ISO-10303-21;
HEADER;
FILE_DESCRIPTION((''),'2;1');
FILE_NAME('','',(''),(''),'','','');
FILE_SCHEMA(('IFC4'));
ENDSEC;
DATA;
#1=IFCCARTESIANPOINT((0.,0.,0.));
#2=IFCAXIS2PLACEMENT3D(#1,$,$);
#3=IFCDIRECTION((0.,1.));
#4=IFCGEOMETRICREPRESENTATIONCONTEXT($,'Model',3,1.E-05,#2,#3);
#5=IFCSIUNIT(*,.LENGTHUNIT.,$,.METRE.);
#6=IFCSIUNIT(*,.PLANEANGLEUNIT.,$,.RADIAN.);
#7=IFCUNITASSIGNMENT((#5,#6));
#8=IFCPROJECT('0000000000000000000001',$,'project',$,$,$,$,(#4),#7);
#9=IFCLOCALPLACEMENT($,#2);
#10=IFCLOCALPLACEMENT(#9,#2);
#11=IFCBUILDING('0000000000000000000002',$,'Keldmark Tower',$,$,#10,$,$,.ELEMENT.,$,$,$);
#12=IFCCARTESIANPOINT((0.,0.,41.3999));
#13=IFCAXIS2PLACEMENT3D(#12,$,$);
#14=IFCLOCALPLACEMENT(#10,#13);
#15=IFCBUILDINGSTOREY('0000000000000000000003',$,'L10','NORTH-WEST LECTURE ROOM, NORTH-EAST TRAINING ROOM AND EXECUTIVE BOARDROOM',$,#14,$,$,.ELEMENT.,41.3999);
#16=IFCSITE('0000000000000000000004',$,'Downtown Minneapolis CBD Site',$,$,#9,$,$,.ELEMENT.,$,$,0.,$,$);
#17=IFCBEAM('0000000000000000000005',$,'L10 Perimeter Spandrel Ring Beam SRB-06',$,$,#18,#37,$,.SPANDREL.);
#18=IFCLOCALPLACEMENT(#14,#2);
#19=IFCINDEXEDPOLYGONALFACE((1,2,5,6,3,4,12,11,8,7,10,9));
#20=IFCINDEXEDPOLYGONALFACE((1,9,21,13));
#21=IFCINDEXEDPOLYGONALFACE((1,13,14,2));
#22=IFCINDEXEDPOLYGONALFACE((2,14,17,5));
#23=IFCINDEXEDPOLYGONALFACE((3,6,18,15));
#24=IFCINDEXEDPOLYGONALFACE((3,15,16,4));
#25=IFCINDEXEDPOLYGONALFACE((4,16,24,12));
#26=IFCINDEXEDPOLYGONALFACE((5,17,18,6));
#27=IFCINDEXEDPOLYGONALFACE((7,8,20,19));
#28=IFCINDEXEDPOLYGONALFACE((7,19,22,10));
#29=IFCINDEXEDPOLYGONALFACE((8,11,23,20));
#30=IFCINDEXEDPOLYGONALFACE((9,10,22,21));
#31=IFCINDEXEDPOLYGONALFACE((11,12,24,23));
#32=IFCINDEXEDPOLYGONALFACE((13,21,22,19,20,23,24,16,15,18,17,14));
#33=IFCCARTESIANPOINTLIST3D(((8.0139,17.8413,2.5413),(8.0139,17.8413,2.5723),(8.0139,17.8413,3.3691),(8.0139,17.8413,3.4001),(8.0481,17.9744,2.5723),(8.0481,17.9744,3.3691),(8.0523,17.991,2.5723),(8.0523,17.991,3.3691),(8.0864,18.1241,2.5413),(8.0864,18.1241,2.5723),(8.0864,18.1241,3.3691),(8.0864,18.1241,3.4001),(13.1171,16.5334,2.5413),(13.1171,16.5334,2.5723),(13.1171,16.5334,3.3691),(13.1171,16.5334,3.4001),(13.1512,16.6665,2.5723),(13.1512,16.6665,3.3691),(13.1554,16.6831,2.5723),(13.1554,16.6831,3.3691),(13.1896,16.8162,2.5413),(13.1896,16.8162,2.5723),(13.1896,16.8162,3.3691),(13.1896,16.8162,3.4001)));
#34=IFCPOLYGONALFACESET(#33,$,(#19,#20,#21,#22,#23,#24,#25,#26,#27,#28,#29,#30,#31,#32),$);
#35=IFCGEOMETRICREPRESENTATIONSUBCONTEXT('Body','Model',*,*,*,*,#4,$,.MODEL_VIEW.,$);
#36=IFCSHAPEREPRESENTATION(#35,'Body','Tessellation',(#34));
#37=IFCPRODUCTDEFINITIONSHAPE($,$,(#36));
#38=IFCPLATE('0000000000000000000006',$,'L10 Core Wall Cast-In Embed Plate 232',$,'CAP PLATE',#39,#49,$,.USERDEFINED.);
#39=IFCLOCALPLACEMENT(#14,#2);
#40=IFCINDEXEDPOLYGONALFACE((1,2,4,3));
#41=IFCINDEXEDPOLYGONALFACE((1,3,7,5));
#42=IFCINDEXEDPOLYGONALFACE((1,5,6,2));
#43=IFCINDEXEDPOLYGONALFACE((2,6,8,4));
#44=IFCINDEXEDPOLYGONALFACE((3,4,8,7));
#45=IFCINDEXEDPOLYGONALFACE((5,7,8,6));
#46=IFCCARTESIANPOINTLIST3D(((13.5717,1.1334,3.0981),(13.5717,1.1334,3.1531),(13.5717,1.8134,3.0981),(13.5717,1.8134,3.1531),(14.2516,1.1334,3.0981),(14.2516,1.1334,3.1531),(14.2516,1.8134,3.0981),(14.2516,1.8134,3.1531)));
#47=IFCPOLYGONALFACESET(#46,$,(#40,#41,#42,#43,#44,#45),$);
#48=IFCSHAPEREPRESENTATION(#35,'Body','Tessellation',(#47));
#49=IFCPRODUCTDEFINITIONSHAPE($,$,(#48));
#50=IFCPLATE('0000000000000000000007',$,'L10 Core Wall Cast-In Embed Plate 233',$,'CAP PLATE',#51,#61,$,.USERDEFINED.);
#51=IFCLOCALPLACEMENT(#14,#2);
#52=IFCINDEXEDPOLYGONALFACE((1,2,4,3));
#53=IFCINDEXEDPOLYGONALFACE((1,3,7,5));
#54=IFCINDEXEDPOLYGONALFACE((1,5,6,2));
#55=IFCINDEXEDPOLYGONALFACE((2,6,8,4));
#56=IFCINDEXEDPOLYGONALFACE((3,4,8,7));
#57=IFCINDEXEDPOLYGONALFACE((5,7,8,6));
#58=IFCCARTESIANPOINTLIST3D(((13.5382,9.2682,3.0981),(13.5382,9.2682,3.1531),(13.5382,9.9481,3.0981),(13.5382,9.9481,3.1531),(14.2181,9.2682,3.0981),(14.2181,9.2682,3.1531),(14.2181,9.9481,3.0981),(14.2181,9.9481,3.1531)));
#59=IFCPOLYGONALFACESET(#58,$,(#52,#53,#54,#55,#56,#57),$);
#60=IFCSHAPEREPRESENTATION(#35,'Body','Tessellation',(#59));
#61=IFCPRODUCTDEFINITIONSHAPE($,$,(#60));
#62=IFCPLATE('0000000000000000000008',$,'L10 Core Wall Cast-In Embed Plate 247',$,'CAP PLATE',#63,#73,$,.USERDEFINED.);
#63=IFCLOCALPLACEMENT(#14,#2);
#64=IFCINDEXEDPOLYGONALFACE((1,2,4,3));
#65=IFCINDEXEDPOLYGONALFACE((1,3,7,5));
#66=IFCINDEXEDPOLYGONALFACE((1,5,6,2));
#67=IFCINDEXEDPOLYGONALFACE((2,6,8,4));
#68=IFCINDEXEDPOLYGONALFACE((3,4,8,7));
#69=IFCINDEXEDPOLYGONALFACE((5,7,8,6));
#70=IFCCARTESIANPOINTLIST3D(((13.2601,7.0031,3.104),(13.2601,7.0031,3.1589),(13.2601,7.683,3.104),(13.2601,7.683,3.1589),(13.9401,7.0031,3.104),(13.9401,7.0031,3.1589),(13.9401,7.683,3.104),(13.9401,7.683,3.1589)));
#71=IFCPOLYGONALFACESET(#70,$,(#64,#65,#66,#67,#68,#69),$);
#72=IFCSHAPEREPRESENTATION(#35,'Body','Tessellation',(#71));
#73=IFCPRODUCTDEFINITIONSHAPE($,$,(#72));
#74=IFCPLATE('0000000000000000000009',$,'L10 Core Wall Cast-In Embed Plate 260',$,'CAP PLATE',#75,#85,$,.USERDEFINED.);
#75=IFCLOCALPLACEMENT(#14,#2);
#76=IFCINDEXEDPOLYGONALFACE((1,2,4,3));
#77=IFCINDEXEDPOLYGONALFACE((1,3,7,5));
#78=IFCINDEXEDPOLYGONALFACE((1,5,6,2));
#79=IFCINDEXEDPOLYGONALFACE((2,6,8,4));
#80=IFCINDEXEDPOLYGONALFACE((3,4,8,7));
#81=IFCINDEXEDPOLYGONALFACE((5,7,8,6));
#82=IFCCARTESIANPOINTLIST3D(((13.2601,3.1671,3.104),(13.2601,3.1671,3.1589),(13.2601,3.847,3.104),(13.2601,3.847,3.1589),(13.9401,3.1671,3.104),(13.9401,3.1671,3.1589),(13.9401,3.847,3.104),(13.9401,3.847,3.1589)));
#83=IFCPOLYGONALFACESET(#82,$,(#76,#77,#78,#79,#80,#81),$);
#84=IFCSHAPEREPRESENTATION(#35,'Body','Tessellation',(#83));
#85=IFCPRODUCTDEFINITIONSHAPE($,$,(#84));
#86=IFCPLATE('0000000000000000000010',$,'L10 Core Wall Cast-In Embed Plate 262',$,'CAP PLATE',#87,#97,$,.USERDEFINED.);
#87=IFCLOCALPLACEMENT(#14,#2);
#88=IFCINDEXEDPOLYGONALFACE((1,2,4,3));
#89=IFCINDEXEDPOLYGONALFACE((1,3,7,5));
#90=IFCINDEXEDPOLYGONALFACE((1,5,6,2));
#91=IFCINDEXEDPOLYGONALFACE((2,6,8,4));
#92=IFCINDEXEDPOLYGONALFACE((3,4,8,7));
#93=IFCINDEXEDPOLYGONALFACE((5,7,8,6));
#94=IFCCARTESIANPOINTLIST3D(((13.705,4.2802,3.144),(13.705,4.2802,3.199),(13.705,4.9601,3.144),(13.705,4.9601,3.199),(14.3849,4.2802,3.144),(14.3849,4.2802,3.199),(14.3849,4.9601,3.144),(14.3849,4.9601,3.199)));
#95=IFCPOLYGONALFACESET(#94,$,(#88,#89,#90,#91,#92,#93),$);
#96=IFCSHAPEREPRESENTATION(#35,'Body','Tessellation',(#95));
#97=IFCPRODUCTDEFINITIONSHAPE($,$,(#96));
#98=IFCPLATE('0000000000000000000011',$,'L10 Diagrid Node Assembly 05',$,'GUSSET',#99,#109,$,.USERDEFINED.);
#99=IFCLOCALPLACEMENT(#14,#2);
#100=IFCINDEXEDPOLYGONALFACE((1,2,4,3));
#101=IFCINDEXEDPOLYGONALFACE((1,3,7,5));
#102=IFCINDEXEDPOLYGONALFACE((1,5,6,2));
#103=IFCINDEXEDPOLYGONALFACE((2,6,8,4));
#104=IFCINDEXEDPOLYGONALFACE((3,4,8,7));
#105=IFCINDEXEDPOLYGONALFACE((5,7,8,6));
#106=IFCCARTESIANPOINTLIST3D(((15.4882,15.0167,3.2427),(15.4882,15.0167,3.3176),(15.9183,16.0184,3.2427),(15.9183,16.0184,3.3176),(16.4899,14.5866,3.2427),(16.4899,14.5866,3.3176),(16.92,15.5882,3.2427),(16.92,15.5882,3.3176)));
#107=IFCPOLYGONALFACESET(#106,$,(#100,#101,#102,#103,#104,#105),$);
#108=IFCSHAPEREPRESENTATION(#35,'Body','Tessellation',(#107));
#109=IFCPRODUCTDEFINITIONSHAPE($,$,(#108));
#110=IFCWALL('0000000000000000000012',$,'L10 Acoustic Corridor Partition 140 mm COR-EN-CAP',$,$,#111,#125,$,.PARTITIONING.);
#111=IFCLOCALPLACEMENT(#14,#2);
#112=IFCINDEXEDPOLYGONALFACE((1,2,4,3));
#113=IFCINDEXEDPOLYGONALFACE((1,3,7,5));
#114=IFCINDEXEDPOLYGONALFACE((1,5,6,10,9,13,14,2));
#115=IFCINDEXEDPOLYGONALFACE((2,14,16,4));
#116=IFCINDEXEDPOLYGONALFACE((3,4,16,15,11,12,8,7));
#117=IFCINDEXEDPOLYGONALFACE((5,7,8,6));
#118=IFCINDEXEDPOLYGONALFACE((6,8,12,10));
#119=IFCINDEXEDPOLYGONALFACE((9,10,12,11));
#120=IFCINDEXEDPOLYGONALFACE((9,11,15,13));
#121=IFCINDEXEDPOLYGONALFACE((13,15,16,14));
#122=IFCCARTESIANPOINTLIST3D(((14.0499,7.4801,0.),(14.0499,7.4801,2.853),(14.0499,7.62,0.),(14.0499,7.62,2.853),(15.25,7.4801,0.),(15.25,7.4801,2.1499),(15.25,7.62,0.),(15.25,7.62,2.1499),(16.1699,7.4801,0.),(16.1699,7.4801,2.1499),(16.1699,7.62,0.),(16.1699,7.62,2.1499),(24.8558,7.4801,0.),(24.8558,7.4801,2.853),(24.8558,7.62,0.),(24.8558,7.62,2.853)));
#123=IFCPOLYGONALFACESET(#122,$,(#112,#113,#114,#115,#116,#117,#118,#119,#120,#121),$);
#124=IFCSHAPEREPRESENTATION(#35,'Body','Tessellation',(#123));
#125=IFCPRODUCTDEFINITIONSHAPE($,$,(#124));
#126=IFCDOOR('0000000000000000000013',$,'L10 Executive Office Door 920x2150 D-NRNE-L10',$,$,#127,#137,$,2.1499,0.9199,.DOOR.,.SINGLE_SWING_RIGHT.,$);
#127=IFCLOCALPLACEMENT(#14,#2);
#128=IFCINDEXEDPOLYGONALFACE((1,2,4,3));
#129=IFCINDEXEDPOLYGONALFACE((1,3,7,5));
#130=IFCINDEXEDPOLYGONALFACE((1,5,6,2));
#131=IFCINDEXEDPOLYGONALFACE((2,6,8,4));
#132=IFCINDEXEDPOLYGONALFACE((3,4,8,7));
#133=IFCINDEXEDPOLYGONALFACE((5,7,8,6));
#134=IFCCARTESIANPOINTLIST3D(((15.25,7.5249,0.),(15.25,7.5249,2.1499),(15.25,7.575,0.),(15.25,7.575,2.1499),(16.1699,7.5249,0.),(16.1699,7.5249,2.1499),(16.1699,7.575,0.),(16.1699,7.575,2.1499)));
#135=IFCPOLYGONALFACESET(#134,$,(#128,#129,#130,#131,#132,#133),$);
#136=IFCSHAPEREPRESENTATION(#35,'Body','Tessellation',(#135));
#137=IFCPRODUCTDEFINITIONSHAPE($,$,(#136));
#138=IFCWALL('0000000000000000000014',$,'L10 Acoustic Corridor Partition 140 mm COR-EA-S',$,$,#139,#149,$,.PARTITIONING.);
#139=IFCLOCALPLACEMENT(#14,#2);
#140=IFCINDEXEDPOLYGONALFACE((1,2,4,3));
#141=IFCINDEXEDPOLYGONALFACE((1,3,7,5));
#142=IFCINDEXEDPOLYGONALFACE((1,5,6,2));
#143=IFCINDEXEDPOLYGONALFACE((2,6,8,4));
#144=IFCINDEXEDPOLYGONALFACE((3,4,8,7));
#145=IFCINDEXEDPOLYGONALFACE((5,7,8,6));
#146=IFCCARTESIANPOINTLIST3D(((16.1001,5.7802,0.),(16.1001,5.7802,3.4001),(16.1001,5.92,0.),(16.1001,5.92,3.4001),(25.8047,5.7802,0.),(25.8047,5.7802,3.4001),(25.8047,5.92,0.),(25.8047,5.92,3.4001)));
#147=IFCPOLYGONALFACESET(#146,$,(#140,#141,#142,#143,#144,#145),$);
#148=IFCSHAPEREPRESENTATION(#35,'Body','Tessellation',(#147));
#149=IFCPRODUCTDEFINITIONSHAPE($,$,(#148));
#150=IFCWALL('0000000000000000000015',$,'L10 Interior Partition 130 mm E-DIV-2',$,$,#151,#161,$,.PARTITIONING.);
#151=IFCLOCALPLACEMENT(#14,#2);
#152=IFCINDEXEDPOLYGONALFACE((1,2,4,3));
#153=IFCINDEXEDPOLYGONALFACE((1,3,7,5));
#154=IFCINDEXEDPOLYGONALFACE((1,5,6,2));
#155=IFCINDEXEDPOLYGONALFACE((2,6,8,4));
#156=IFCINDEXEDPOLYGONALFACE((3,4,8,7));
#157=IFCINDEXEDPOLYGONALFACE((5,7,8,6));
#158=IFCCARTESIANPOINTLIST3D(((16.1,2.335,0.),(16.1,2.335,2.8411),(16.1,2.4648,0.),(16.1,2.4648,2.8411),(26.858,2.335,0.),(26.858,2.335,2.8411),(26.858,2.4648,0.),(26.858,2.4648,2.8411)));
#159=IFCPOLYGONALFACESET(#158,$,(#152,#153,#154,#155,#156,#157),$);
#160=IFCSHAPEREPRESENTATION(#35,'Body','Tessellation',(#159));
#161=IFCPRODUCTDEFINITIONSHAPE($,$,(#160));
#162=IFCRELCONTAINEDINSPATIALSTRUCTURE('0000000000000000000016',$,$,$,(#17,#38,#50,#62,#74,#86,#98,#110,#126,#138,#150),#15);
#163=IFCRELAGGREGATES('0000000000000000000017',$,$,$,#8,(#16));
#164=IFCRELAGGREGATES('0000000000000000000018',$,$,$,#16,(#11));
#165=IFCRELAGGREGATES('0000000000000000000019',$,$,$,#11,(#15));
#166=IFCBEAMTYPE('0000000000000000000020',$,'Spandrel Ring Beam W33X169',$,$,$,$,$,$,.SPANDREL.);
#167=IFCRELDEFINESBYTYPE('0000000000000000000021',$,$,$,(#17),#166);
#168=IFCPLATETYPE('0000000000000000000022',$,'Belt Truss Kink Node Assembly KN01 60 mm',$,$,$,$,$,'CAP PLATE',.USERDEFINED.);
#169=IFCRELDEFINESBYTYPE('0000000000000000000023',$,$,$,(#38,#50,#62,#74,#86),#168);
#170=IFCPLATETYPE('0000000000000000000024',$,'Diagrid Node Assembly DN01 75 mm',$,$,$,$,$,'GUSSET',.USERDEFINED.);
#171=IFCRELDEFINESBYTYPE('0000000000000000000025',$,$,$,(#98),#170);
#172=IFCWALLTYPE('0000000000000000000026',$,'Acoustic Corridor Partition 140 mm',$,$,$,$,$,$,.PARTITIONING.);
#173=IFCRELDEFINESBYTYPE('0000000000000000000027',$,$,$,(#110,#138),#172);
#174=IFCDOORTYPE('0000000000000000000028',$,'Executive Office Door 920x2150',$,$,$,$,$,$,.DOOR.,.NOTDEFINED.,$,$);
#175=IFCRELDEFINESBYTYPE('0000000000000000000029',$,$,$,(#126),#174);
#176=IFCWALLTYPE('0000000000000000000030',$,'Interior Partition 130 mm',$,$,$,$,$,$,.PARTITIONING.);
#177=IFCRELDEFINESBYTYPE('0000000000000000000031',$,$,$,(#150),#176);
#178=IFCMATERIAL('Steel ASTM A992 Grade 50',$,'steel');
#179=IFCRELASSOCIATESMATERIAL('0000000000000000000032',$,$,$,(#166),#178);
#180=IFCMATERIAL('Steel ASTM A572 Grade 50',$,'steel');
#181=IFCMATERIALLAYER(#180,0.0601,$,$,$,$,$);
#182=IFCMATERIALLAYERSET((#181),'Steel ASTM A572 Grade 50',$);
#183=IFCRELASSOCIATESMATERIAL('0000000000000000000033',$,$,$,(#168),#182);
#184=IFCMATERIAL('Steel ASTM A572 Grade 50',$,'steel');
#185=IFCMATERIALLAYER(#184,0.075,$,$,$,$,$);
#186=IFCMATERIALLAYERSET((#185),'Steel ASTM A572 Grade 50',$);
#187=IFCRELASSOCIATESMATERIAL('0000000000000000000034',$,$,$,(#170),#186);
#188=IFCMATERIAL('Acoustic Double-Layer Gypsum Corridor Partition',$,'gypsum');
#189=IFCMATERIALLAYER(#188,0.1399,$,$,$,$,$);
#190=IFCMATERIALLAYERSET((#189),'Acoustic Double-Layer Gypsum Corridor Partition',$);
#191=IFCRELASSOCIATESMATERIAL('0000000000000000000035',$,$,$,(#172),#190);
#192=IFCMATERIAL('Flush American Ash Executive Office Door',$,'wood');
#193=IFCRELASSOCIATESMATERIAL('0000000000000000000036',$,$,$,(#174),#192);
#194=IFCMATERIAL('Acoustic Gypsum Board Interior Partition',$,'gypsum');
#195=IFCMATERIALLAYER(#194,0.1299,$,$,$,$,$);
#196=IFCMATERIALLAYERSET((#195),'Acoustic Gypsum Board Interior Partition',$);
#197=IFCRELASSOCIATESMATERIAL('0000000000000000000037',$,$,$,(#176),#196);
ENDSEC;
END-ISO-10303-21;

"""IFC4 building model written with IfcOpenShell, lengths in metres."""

from ifc_helpers import new_model, si_unit, direction, frame, frame_2d, origin, origin_2d, place, context, subcontext, project, spatial, rectangle, i_section, extrude, material, layer, layer_set, material_profile, profile_set, type_object, element, fill, save


model = new_model("IFC4")

# Units and contexts
model_context = context("Model", 3, precision=1e-05, world=origin(), true_north=direction((0.0, 1.0)))
body_context = subcontext(model_context, "Body", "Model", "MODEL_VIEW")
ifc_project = project(units=[si_unit("LENGTHUNIT", "METRE"), si_unit("PLANEANGLEUNIT", "RADIAN")], contexts=[model_context])

# Site, building, storey
site_placement = place(None, origin())
site = spatial("IfcSite", under=ifc_project, at=site_placement, Name="Downtown Minneapolis CBD Site", CompositionType="ELEMENT", RefElevation=0.0)
building_placement = place(site_placement, origin())
building = spatial("IfcBuilding", under=site, at=building_placement, Name="Keldmark Tower", CompositionType="ELEMENT")
storey_placement = place(building_placement, frame((0.0, 0.0, 41.3999)))
storey = spatial("IfcBuildingStorey", under=building, at=storey_placement, Name="L10", Description="NORTH-WEST LECTURE ROOM, NORTH-EAST TRAINING ROOM AND EXECUTIVE BOARDROOM", CompositionType="ELEMENT", Elevation=41.3999)

# Beam
ifc_material_1 = material(Name="Steel ASTM A992 Grade 50", Category="steel")
ifc_material_profile_1 = material_profile(ifc_material_1, i_section(OverallWidth=0.292, OverallDepth=0.8589, WebThickness=0.0171, FlangeThickness=0.031, at=origin_2d()), Name="W33X169")
ifc_profile_set_1 = profile_set([ifc_material_profile_1], Name="Steel ASTM A992 Grade 50")
beam_type_1 = type_object("IfcBeamType", Name="Spandrel Ring Beam W33X169", PredefinedType="SPANDREL", material=ifc_profile_set_1)
beam_1_placement = place(storey_placement, frame((13.1533, 16.6748, 2.9707), z_axis=(-0.968692, 0.248267, 0.0), x_axis=(-0.248267, -0.968692, 0.0)))
element("IfcBeam", 1, at=beam_1_placement, inside=storey, type_object=beam_type_1, Name="L10 Perimeter Spandrel Ring Beam SRB-06", PredefinedType="SPANDREL", context=body_context, shape_type="SweptSolid", body=[
    extrude(i_section(OverallWidth=0.292, OverallDepth=0.8589, WebThickness=0.0171, FlangeThickness=0.031, at=origin_2d()), origin(), (0.0, 0.0, 1.0), 5.2681),
])

# Plates
ifc_material_2 = material(Name="Steel ASTM A572 Grade 50", Category="steel")
ifc_layer_1 = layer(ifc_material_2, 0.0601)
ifc_layer_set_1 = layer_set([ifc_layer_1], Name="Steel ASTM A572 Grade 50")
plate_type_1 = type_object("IfcPlateType", Name="Belt Truss Kink Node Assembly KN01 60 mm", ElementType="CAP PLATE", PredefinedType="USERDEFINED", material=ifc_layer_set_1)
for number, where, z_axis, x_axis, name in (
    (2, (13.9116, 1.4734, 3.0981), (0.0, 0.0, 1.0), (1.0, 0.0, 0.0), "L10 Core Wall Cast-In Embed Plate 232"),
    (3, (13.8782, 9.6082, 3.0981), (0.0, 0.0, 1.0), (1.0, 0.0, 0.0), "L10 Core Wall Cast-In Embed Plate 233"),
    (4, (13.6001, 7.343, 3.104), (0.0, 0.0, 1.0), (1.0, 0.0, 0.0), "L10 Core Wall Cast-In Embed Plate 247"),
    (5, (13.6001, 3.5071, 3.104), (0.0, 0.0, 1.0), (1.0, 0.0, 0.0), "L10 Core Wall Cast-In Embed Plate 260"),
    (6, (14.0449, 4.6201, 3.144), (0.0, 0.0, 1.0), (1.0, 0.0, 0.0), "L10 Core Wall Cast-In Embed Plate 262"),
):
    element("IfcPlate", number, at=place(storey_placement, frame(where, z_axis=z_axis, x_axis=x_axis)), inside=storey, type_object=plate_type_1, Name=name, ObjectType="CAP PLATE", PredefinedType="USERDEFINED", context=body_context, shape_type="SweptSolid", body=[
        extrude(rectangle(XDim=0.6799, YDim=0.6799, at=origin_2d()), origin(), (0.0, 0.0, 1.0), 0.0549),
    ])
ifc_material_3 = material(Name="Steel ASTM A572 Grade 50", Category="steel")
ifc_layer_2 = layer(ifc_material_3, 0.075)
ifc_layer_set_2 = layer_set([ifc_layer_2], Name="Steel ASTM A572 Grade 50")
plate_type_2 = type_object("IfcPlateType", Name="Diagrid Node Assembly DN01 75 mm", ElementType="GUSSET", PredefinedType="USERDEFINED", material=ifc_layer_set_2)
plate_placement = place(storey_placement, frame((16.2041, 15.3025, 3.2427), z_axis=(0.0, 0.0, 1.0), x_axis=(-0.91886, 0.394583, 0.0)))
element("IfcPlate", 7, at=plate_placement, inside=storey, type_object=plate_type_2, Name="L10 Diagrid Node Assembly 05", ObjectType="GUSSET", PredefinedType="USERDEFINED", context=body_context, shape_type="SweptSolid", body=[
    extrude(rectangle(XDim=1.0901, YDim=1.0901, at=origin_2d()), origin(), (0.0, 0.0, 1.0), 0.075),
])

# Wall, opening, door
ifc_material_4 = material(Name="Acoustic Double-Layer Gypsum Corridor Partition", Category="gypsum")
ifc_layer_3 = layer(ifc_material_4, 0.1399)
ifc_layer_set_3 = layer_set([ifc_layer_3], Name="Acoustic Double-Layer Gypsum Corridor Partition")
wall_type_1 = type_object("IfcWallType", Name="Acoustic Corridor Partition 140 mm", PredefinedType="PARTITIONING", material=ifc_layer_set_3)
wall_1_placement = place(storey_placement, frame((14.05, 7.55, 0.0), z_axis=(0.0, 0.0, 1.0), x_axis=(1.0, 0.0, 0.0)))
wall_1 = element("IfcWall", 8, at=wall_1_placement, inside=storey, type_object=wall_type_1, Name="L10 Acoustic Corridor Partition 140 mm COR-EN-CAP", PredefinedType="PARTITIONING", context=body_context, shape_type="SweptSolid", body=[
    extrude(rectangle(XDim=10.8059, YDim=0.1399, at=frame_2d((5.4028, 0.0))), origin(), (0.0, 0.0, 1.0), 2.853),
])
opening_1_placement = place(wall_1_placement, frame((1.2, 0.0, 0.0)))
opening_1 = element("IfcOpeningElement", 9, at=opening_1_placement, cuts=wall_1, PredefinedType="OPENING", context=body_context, shape_type="SweptSolid", body=[
    extrude(rectangle(XDim=0.9199, YDim=2.1499, at=frame_2d((0.46, 1.075))), frame((0.0, 0.0798, 0.0), z_axis=(0.0, -1.0, 0.0), x_axis=(1.0, 0.0, 0.0)), (0.0, 0.0, 1.0), 0.1599),
])
ifc_material_5 = material(Name="Flush American Ash Executive Office Door", Category="wood")
door_type = type_object("IfcDoorType", Name="Executive Office Door 920x2150", OperationType="NOTDEFINED", PredefinedType="DOOR", material=ifc_material_5)
door_placement = place(opening_1_placement, origin())
door = element("IfcDoor", 10, at=door_placement, inside=storey, type_object=door_type, Name="L10 Executive Office Door 920x2150 D-NRNE-L10", OperationType="SINGLE_SWING_RIGHT", OverallHeight=2.1499, OverallWidth=0.9199, PredefinedType="DOOR", context=body_context, shape_type="SweptSolid", body=[
    extrude(rectangle(XDim=0.9199, YDim=2.1499, at=frame_2d((0.46, 1.075))), frame((0.0, 0.0249, 0.0), z_axis=(0.0, -1.0, 0.0), x_axis=(1.0, 0.0, 0.0)), (0.0, 0.0, 1.0), 0.05),
])
fill(opening_1, door)

# Walls
wall_2_placement = place(storey_placement, frame((16.1001, 5.8501, 0.0), z_axis=(0.0, 0.0, 1.0), x_axis=(1.0, 0.0, 0.0)))
element("IfcWall", 11, at=wall_2_placement, inside=storey, type_object=wall_type_1, Name="L10 Acoustic Corridor Partition 140 mm COR-EA-S", PredefinedType="PARTITIONING", context=body_context, shape_type="SweptSolid", body=[
    extrude(rectangle(XDim=9.7046, YDim=0.1399, at=frame_2d((4.8523, 0.0))), origin(), (0.0, 0.0, 1.0), 3.4001),
])
ifc_material_6 = material(Name="Acoustic Gypsum Board Interior Partition", Category="gypsum")
ifc_layer_4 = layer(ifc_material_6, 0.1299)
ifc_layer_set_4 = layer_set([ifc_layer_4], Name="Acoustic Gypsum Board Interior Partition")
wall_type_2 = type_object("IfcWallType", Name="Interior Partition 130 mm", PredefinedType="PARTITIONING", material=ifc_layer_set_4)
wall_3_placement = place(storey_placement, frame((16.1001, 2.3999, 0.0), z_axis=(0.0, 0.0, 1.0), x_axis=(1.0, 0.0, 0.0)))
element("IfcWall", 12, at=wall_3_placement, inside=storey, type_object=wall_type_2, Name="L10 Interior Partition 130 mm E-DIV-2", PredefinedType="PARTITIONING", context=body_context, shape_type="SweptSolid", body=[
    extrude(rectangle(XDim=10.7581, YDim=0.1299, at=frame_2d((5.3789, 0.0))), origin(), (0.0, 0.0, 1.0), 2.8411),
])

save(model, "model.ifc")
